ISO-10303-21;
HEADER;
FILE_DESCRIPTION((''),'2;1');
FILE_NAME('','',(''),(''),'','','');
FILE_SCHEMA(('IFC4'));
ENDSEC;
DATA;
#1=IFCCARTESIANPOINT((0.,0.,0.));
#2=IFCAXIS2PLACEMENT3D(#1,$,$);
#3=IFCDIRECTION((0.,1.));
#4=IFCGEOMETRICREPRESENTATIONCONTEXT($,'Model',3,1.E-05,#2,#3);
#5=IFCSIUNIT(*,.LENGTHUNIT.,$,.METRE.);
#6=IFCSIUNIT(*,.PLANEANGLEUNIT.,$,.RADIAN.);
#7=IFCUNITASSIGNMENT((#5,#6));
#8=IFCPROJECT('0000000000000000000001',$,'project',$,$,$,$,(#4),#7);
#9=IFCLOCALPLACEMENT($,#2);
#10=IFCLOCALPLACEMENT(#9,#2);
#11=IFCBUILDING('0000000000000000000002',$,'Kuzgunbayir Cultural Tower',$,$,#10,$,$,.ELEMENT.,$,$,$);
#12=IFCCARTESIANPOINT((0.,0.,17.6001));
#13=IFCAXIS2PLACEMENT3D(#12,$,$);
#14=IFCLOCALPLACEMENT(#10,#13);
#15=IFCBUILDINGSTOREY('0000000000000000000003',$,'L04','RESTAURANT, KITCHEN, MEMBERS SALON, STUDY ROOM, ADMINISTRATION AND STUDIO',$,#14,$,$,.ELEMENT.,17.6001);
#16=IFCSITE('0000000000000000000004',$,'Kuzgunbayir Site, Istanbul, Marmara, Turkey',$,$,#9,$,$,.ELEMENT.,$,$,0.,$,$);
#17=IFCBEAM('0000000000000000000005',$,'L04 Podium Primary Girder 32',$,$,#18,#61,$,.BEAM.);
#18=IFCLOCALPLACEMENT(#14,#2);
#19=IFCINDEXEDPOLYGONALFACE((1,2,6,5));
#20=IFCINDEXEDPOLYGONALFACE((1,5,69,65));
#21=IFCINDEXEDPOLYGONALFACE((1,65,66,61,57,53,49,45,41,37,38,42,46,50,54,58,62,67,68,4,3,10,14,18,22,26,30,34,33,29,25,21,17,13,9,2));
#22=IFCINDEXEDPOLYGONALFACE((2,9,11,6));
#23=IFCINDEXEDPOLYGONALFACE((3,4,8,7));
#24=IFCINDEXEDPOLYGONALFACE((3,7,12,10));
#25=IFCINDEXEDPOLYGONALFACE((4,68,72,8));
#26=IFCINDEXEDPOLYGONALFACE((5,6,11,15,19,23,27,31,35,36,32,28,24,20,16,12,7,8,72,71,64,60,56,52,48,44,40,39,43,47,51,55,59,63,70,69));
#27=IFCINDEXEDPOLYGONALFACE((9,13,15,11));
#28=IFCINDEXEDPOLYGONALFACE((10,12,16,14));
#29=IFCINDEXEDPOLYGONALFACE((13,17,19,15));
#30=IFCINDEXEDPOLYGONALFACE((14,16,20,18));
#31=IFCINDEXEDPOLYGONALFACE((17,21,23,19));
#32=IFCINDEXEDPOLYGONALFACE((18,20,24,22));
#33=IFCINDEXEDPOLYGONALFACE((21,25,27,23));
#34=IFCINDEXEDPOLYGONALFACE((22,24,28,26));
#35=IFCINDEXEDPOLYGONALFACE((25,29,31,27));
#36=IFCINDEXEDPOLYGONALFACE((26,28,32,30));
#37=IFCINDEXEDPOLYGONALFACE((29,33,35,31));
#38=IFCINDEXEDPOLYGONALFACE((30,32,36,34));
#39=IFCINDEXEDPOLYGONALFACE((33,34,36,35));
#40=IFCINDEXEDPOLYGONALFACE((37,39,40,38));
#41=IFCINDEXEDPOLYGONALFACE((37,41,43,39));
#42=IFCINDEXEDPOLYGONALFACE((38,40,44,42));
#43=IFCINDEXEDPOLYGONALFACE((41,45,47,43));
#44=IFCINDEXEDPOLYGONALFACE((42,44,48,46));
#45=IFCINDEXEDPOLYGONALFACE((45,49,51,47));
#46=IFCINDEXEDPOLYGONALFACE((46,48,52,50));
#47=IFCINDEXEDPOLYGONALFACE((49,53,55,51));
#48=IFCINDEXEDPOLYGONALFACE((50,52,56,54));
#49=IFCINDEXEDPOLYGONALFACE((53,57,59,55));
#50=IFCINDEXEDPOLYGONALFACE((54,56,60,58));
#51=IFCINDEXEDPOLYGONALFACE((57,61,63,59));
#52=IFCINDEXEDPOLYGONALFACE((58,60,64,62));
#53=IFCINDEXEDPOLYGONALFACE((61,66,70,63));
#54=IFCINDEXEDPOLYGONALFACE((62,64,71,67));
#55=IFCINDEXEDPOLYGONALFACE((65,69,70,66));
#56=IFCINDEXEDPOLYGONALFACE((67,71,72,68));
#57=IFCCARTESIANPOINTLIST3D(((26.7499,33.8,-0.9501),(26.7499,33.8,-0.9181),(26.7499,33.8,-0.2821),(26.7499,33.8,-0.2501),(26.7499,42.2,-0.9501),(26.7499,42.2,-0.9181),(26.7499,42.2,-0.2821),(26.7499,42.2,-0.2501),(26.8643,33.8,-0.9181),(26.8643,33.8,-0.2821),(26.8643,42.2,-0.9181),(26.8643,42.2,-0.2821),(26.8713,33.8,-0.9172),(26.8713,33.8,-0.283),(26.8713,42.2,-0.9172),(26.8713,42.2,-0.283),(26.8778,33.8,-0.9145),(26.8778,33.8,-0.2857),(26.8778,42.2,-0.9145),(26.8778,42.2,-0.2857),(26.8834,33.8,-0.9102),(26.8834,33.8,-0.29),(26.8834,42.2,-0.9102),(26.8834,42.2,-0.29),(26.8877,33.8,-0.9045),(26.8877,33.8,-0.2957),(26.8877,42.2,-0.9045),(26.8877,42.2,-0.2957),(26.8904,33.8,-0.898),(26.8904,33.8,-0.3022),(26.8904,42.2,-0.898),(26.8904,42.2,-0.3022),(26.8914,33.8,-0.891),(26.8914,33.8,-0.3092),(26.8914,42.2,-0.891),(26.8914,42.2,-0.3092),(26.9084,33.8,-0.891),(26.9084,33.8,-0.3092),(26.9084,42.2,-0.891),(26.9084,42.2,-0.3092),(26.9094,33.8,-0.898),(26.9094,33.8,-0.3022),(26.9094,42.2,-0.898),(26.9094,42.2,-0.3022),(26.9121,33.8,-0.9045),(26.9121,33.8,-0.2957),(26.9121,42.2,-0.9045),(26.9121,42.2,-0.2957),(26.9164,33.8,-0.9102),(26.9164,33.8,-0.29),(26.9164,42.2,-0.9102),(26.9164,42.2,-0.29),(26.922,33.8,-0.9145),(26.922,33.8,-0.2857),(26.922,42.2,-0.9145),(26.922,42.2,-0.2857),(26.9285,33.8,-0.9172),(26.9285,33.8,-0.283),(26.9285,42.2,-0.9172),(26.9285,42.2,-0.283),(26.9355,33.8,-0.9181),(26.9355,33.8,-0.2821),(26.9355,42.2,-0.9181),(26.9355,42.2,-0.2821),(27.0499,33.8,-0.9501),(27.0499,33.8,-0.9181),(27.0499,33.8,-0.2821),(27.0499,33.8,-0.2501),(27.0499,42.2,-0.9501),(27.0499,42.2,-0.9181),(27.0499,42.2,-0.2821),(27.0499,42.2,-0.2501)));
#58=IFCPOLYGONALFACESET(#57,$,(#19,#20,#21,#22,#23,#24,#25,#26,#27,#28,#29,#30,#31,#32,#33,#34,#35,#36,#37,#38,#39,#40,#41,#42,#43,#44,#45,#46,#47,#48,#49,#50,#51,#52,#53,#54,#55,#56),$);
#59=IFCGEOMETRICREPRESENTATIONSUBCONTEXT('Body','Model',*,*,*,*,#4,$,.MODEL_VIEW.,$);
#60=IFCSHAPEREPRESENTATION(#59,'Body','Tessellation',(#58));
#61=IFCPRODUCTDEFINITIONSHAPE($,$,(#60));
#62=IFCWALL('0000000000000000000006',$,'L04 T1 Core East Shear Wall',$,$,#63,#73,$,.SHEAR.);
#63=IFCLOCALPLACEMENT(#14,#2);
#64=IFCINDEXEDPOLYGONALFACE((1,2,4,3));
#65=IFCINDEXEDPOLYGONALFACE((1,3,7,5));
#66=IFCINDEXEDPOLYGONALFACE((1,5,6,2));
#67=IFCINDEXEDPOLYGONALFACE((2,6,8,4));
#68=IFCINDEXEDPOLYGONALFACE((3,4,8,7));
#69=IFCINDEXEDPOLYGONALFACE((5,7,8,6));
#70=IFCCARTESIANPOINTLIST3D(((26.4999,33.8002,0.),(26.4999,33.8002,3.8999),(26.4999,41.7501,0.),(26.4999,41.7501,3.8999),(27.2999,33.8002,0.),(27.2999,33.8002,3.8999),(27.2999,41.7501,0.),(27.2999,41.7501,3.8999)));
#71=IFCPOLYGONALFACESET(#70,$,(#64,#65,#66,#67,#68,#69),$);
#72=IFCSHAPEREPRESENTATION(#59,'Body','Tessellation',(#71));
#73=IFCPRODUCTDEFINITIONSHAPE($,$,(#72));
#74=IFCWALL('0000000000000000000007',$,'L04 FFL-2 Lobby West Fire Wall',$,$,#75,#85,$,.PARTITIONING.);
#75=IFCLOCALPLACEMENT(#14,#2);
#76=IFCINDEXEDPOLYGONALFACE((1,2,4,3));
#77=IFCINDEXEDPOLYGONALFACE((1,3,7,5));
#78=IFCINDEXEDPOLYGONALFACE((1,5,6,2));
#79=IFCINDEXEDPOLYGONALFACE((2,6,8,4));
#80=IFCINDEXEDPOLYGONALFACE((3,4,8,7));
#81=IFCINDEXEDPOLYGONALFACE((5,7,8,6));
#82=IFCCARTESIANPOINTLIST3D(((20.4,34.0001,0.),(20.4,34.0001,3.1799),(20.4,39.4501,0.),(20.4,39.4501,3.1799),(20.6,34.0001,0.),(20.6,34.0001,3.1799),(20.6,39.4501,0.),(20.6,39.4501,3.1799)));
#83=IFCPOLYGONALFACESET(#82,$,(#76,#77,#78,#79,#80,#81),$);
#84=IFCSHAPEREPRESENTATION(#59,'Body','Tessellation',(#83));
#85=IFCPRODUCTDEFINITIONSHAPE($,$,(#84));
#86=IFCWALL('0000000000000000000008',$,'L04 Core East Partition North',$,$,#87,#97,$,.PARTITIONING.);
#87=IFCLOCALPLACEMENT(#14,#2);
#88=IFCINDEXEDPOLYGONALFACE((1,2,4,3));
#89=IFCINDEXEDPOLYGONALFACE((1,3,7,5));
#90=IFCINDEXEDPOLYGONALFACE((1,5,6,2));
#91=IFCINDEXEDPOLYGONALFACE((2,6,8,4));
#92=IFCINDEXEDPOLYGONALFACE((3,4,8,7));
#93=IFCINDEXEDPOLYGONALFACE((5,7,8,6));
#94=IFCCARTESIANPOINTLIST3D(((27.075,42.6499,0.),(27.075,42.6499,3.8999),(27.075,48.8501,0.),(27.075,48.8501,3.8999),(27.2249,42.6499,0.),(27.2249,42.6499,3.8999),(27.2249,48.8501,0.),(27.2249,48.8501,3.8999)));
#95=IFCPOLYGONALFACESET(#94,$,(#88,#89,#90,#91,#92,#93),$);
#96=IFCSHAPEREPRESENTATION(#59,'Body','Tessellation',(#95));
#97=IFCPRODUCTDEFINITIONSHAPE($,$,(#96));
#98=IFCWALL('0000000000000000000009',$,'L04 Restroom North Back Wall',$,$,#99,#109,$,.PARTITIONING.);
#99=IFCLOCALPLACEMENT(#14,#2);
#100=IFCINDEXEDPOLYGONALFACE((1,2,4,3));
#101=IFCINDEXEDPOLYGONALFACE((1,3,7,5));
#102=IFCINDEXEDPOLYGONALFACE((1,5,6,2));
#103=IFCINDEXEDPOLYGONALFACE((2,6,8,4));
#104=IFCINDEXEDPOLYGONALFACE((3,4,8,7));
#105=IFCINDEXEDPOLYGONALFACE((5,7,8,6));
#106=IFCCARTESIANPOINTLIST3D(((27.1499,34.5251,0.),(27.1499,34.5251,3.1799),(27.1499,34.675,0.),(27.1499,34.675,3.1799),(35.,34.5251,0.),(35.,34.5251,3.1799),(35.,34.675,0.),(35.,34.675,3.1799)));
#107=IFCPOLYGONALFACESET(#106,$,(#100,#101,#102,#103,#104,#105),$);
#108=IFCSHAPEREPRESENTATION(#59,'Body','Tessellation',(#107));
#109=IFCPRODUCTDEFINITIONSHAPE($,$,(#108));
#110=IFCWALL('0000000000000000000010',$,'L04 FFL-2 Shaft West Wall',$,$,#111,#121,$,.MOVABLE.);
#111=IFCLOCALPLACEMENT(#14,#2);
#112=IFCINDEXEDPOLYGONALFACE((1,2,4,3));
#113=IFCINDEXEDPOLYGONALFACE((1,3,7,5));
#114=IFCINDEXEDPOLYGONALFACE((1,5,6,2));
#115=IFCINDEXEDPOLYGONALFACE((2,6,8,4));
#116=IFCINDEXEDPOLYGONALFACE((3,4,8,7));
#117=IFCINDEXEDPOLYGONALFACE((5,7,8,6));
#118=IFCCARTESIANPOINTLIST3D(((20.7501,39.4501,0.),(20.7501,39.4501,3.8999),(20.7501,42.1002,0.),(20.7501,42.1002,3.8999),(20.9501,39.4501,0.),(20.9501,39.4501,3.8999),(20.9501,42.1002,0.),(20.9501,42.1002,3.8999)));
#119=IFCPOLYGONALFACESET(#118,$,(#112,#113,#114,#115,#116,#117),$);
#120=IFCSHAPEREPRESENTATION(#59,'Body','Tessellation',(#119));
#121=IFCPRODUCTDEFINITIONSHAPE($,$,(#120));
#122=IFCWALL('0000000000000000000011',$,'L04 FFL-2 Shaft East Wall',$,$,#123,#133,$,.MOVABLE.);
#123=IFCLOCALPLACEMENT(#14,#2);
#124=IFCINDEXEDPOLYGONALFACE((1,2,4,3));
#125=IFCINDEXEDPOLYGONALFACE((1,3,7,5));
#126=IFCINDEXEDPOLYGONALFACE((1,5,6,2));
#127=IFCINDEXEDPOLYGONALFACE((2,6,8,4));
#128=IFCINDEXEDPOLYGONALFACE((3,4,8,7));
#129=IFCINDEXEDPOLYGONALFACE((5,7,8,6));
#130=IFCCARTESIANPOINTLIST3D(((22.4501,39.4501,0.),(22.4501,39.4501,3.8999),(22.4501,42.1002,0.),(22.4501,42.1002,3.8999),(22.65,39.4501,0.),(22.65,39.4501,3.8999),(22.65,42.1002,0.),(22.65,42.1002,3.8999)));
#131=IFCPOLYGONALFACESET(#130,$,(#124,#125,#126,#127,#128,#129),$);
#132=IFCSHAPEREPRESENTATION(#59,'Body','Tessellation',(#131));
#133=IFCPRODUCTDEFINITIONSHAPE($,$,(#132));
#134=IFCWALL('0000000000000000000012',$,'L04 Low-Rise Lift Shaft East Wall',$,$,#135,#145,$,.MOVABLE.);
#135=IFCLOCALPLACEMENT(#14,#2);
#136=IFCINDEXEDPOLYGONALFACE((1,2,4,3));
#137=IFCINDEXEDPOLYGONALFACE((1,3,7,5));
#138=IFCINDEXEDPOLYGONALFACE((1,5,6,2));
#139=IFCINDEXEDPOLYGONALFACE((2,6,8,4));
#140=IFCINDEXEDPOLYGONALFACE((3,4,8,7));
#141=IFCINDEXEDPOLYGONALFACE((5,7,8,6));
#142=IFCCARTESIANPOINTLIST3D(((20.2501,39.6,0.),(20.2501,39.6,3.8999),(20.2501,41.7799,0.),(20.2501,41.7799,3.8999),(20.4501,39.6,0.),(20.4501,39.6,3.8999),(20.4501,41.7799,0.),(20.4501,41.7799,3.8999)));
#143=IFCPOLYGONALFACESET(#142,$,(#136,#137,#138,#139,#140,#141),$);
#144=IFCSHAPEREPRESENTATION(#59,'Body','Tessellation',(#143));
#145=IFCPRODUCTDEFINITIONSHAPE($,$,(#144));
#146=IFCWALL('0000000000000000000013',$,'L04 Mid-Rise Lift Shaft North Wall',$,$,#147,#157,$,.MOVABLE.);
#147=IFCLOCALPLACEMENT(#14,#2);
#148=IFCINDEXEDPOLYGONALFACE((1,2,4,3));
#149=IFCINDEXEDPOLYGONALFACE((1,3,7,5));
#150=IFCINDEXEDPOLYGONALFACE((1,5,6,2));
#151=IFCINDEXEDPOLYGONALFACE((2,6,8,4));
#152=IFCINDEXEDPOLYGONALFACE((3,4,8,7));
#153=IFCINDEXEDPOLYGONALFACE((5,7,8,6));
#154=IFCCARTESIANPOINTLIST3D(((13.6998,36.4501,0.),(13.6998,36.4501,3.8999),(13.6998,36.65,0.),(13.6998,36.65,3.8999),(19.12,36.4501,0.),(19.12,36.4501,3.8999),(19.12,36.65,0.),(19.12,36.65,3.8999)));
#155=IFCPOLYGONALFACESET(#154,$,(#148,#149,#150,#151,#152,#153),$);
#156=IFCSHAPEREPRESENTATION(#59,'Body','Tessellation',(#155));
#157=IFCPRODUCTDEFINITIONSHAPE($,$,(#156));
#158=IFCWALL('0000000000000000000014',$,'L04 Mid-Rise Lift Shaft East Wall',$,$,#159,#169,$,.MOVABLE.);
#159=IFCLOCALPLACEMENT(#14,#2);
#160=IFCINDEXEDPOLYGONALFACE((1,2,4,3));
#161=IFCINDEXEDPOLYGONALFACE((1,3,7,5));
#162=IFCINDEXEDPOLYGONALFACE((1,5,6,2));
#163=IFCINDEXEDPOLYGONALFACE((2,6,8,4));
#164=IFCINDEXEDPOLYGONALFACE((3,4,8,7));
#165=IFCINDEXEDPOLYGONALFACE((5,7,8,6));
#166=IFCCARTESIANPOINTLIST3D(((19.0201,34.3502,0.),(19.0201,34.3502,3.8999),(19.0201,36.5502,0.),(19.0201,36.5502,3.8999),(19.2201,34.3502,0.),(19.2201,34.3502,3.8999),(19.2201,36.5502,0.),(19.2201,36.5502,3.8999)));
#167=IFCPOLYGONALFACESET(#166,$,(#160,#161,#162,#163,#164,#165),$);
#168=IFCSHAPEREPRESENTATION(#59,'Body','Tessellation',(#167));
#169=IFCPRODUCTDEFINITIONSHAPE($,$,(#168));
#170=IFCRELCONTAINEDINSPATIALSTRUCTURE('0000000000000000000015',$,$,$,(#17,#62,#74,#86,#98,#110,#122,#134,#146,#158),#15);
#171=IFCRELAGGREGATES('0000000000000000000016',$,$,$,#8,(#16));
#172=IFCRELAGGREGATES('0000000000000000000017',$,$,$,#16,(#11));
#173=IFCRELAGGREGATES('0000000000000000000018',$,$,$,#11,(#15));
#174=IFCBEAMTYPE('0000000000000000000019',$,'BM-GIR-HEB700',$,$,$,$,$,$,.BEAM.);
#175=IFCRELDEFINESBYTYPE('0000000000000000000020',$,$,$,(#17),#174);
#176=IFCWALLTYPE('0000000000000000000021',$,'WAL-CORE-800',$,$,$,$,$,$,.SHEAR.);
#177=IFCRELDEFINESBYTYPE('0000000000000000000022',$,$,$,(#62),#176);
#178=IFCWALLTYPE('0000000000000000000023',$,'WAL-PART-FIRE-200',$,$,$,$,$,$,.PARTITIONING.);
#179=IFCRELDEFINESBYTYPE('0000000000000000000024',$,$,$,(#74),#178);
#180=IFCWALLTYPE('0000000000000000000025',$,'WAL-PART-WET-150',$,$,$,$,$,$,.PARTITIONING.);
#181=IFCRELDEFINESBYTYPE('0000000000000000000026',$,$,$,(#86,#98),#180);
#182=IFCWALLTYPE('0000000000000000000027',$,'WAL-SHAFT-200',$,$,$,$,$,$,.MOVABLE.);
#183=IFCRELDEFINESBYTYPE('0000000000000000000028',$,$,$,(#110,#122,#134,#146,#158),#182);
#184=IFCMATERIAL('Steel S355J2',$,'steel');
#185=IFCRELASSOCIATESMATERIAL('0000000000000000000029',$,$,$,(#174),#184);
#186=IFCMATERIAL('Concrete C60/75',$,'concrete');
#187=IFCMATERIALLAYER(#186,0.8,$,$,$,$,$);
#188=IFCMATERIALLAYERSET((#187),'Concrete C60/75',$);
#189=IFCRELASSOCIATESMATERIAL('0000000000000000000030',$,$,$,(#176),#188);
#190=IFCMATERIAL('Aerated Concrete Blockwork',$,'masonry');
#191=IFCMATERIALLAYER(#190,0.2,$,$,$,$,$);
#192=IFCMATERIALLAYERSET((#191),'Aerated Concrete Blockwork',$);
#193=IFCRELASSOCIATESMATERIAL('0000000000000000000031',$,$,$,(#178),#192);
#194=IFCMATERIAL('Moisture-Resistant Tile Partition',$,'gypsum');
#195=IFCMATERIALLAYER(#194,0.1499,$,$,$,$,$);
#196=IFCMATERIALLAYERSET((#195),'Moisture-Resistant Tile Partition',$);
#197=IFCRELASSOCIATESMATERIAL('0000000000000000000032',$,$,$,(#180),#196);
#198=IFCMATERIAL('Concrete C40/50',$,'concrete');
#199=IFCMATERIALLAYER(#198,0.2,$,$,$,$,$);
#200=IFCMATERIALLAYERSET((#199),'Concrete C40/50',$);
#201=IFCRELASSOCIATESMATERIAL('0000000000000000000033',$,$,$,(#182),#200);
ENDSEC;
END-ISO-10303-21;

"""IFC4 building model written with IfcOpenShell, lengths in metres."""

from ifc_helpers import new_model, si_unit, direction, frame, frame_2d, origin, origin_2d, place, context, subcontext, project, spatial, rectangle, i_section, extrude, material, layer, layer_set, material_profile, profile_set, type_object, element, save


model = new_model("IFC4")

# Units and contexts
model_context = context("Model", 3, precision=1e-05, world=origin(), true_north=direction((0.0, 1.0)))
body_context = subcontext(model_context, "Body", "Model", "MODEL_VIEW")
ifc_project = project(units=[si_unit("LENGTHUNIT", "METRE"), si_unit("PLANEANGLEUNIT", "RADIAN")], contexts=[model_context])

# Site, building, storey
site_placement = place(None, origin())
site = spatial("IfcSite", under=ifc_project, at=site_placement, Name="Kuzgunbayir Site, Istanbul, Marmara, Turkey", CompositionType="ELEMENT", RefElevation=0.0)
building_placement = place(site_placement, origin())
building = spatial("IfcBuilding", under=site, at=building_placement, Name="Kuzgunbayir Cultural Tower", CompositionType="ELEMENT")
storey_placement = place(building_placement, frame((0.0, 0.0, 17.6001)))
storey = spatial("IfcBuildingStorey", under=building, at=storey_placement, Name="L04", Description="RESTAURANT, KITCHEN, MEMBERS SALON, STUDY ROOM, ADMINISTRATION AND STUDIO", CompositionType="ELEMENT", Elevation=17.6001)

# Shared definitions
ifc_material_1 = material(Name="Concrete C60/75", Category="concrete")

# Beam
ifc_material_2 = material(Name="Steel S355J2", Category="steel")
ifc_material_profile_1 = material_profile(ifc_material_2, i_section(OverallWidth=0.3, OverallDepth=0.7, WebThickness=0.0171, FlangeThickness=0.032, FilletRadius=0.0271, at=origin_2d()), Name="HEB 700")
ifc_profile_set_1 = profile_set([ifc_material_profile_1], Name="Steel S355J2")
beam_type = type_object("IfcBeamType", Name="BM-GIR-HEB700", PredefinedType="BEAM", material=ifc_profile_set_1)
beam_1_placement = place(storey_placement, frame((26.8999, 33.8, -0.6001), z_axis=(0.0, 1.0, 0.0), x_axis=(-1.0, 0.0, 0.0)))
element("IfcBeam", 1, at=beam_1_placement, inside=storey, type_object=beam_type, Name="L04 Podium Primary Girder 32", PredefinedType="BEAM", context=body_context, shape_type="SweptSolid", body=[
    extrude(i_section(OverallWidth=0.3, OverallDepth=0.7, WebThickness=0.0171, FlangeThickness=0.032, FilletRadius=0.0271, at=origin_2d()), origin(), (0.0, 0.0, 1.0), 8.3999),
])

# Walls
ifc_layer_1 = layer(ifc_material_1, 0.8)
ifc_layer_set_1 = layer_set([ifc_layer_1], Name="Concrete C60/75")
wall_type_1 = type_object("IfcWallType", Name="WAL-CORE-800", PredefinedType="SHEAR", material=ifc_layer_set_1)
wall_1_placement = place(storey_placement, frame((26.8999, 33.8, 0.0), z_axis=(0.0, 0.0, 1.0), x_axis=(0.0, 1.0, 0.0)))
element("IfcWall", 2, at=wall_1_placement, inside=storey, type_object=wall_type_1, Name="L04 T1 Core East Shear Wall", PredefinedType="SHEAR", context=body_context, shape_type="SweptSolid", body=[
    extrude(rectangle(XDim=7.95, YDim=0.8, at=frame_2d((3.9751, 0.0))), origin(), (0.0, 0.0, 1.0), 3.8999),
])
ifc_material_3 = material(Name="Aerated Concrete Blockwork", Category="masonry")
ifc_layer_2 = layer(ifc_material_3, 0.2)
ifc_layer_set_2 = layer_set([ifc_layer_2], Name="Aerated Concrete Blockwork")
wall_type_2 = type_object("IfcWallType", Name="WAL-PART-FIRE-200", PredefinedType="PARTITIONING", material=ifc_layer_set_2)
wall_2_placement = place(storey_placement, frame((20.5, 34.0, 0.0), z_axis=(0.0, 0.0, 1.0), x_axis=(0.0, 1.0, 0.0)))
element("IfcWall", 3, at=wall_2_placement, inside=storey, type_object=wall_type_2, Name="L04 FFL-2 Lobby West Fire Wall", PredefinedType="PARTITIONING", context=body_context, shape_type="SweptSolid", body=[
    extrude(rectangle(XDim=5.45, YDim=0.2, at=frame_2d((2.7251, 0.0))), origin(), (0.0, 0.0, 1.0), 3.1799),
])

# Walls
ifc_material_4 = material(Name="Moisture-Resistant Tile Partition", Category="gypsum")
ifc_layer_3 = layer(ifc_material_4, 0.1499)
ifc_layer_set_3 = layer_set([ifc_layer_3], Name="Moisture-Resistant Tile Partition")
wall_type_3 = type_object("IfcWallType", Name="WAL-PART-WET-150", PredefinedType="PARTITIONING", material=ifc_layer_set_3)
wall_3_placement = place(storey_placement, frame((27.1499, 42.6499, 0.0), z_axis=(0.0, 0.0, 1.0), x_axis=(0.0, 1.0, 0.0)))
element("IfcWall", 4, at=wall_3_placement, inside=storey, type_object=wall_type_3, Name="L04 Core East Partition North", PredefinedType="PARTITIONING", context=body_context, shape_type="SweptSolid", body=[
    extrude(rectangle(XDim=6.2002, YDim=0.1499, at=frame_2d((3.1001, 0.0))), origin(), (0.0, 0.0, 1.0), 3.8999),
])
wall_4_placement = place(storey_placement, frame((27.1499, 34.6001, 0.0), z_axis=(0.0, 0.0, 1.0), x_axis=(1.0, 0.0, 0.0)))
element("IfcWall", 5, at=wall_4_placement, inside=storey, type_object=wall_type_3, Name="L04 Restroom North Back Wall", PredefinedType="PARTITIONING", context=body_context, shape_type="SweptSolid", body=[
    extrude(rectangle(XDim=7.8501, YDim=0.1499, at=frame_2d((3.925, 0.0))), origin(), (0.0, 0.0, 1.0), 3.1799),
])

# Shared definitions
ifc_material_5 = material(Name="Concrete C40/50", Category="concrete")
ifc_layer_4 = layer(ifc_material_5, 0.2)
ifc_layer_set_4 = layer_set([ifc_layer_4], Name="Concrete C40/50")
wall_type_4 = type_object("IfcWallType", Name="WAL-SHAFT-200", PredefinedType="MOVABLE", material=ifc_layer_set_4)

# Walls
for number, where, z_axis, x_axis, name in (
    (6, (20.8501, 39.45, 0.0), (0.0, 0.0, 1.0), (0.0, 1.0, 0.0), "L04 FFL-2 Shaft West Wall"),
    (7, (22.55, 39.45, 0.0), (0.0, 0.0, 1.0), (0.0, 1.0, 0.0), "L04 FFL-2 Shaft East Wall"),
):
    element("IfcWall", number, at=place(storey_placement, frame(where, z_axis=z_axis, x_axis=x_axis)), inside=storey, type_object=wall_type_4, Name=name, PredefinedType="MOVABLE", context=body_context, shape_type="SweptSolid", body=[
        extrude(rectangle(XDim=2.6501, YDim=0.2, at=frame_2d((1.3252, 0.0))), origin(), (0.0, 0.0, 1.0), 3.8999),
    ])
wall_5_placement = place(storey_placement, frame((20.3501, 39.6001, 0.0), z_axis=(0.0, 0.0, 1.0), x_axis=(0.0, 1.0, 0.0)))
element("IfcWall", 8, at=wall_5_placement, inside=storey, type_object=wall_type_4, Name="L04 Low-Rise Lift Shaft East Wall", PredefinedType="MOVABLE", context=body_context, shape_type="SweptSolid", body=[
    extrude(rectangle(XDim=2.1799, YDim=0.2, at=frame_2d((1.0898, 0.0))), origin(), (0.0, 0.0, 1.0), 3.8999),
])
wall_6_placement = place(storey_placement, frame((13.7, 36.55, 0.0), z_axis=(0.0, 0.0, 1.0), x_axis=(1.0, 0.0, 0.0)))
element("IfcWall", 9, at=wall_6_placement, inside=storey, type_object=wall_type_4, Name="L04 Mid-Rise Lift Shaft North Wall", PredefinedType="MOVABLE", context=body_context, shape_type="SweptSolid", body=[
    extrude(rectangle(XDim=5.4202, YDim=0.2, at=frame_2d((2.71, 0.0))), origin(), (0.0, 0.0, 1.0), 3.8999),
])
wall_7_placement = place(storey_placement, frame((19.1201, 34.3501, 0.0), z_axis=(0.0, 0.0, 1.0), x_axis=(0.0, 1.0, 0.0)))
element("IfcWall", 10, at=wall_7_placement, inside=storey, type_object=wall_type_4, Name="L04 Mid-Rise Lift Shaft East Wall", PredefinedType="MOVABLE", context=body_context, shape_type="SweptSolid", body=[
    extrude(rectangle(XDim=2.2, YDim=0.2, at=frame_2d((1.1001, 0.0))), origin(), (0.0, 0.0, 1.0), 3.8999),
])

save(model, "model.ifc")
